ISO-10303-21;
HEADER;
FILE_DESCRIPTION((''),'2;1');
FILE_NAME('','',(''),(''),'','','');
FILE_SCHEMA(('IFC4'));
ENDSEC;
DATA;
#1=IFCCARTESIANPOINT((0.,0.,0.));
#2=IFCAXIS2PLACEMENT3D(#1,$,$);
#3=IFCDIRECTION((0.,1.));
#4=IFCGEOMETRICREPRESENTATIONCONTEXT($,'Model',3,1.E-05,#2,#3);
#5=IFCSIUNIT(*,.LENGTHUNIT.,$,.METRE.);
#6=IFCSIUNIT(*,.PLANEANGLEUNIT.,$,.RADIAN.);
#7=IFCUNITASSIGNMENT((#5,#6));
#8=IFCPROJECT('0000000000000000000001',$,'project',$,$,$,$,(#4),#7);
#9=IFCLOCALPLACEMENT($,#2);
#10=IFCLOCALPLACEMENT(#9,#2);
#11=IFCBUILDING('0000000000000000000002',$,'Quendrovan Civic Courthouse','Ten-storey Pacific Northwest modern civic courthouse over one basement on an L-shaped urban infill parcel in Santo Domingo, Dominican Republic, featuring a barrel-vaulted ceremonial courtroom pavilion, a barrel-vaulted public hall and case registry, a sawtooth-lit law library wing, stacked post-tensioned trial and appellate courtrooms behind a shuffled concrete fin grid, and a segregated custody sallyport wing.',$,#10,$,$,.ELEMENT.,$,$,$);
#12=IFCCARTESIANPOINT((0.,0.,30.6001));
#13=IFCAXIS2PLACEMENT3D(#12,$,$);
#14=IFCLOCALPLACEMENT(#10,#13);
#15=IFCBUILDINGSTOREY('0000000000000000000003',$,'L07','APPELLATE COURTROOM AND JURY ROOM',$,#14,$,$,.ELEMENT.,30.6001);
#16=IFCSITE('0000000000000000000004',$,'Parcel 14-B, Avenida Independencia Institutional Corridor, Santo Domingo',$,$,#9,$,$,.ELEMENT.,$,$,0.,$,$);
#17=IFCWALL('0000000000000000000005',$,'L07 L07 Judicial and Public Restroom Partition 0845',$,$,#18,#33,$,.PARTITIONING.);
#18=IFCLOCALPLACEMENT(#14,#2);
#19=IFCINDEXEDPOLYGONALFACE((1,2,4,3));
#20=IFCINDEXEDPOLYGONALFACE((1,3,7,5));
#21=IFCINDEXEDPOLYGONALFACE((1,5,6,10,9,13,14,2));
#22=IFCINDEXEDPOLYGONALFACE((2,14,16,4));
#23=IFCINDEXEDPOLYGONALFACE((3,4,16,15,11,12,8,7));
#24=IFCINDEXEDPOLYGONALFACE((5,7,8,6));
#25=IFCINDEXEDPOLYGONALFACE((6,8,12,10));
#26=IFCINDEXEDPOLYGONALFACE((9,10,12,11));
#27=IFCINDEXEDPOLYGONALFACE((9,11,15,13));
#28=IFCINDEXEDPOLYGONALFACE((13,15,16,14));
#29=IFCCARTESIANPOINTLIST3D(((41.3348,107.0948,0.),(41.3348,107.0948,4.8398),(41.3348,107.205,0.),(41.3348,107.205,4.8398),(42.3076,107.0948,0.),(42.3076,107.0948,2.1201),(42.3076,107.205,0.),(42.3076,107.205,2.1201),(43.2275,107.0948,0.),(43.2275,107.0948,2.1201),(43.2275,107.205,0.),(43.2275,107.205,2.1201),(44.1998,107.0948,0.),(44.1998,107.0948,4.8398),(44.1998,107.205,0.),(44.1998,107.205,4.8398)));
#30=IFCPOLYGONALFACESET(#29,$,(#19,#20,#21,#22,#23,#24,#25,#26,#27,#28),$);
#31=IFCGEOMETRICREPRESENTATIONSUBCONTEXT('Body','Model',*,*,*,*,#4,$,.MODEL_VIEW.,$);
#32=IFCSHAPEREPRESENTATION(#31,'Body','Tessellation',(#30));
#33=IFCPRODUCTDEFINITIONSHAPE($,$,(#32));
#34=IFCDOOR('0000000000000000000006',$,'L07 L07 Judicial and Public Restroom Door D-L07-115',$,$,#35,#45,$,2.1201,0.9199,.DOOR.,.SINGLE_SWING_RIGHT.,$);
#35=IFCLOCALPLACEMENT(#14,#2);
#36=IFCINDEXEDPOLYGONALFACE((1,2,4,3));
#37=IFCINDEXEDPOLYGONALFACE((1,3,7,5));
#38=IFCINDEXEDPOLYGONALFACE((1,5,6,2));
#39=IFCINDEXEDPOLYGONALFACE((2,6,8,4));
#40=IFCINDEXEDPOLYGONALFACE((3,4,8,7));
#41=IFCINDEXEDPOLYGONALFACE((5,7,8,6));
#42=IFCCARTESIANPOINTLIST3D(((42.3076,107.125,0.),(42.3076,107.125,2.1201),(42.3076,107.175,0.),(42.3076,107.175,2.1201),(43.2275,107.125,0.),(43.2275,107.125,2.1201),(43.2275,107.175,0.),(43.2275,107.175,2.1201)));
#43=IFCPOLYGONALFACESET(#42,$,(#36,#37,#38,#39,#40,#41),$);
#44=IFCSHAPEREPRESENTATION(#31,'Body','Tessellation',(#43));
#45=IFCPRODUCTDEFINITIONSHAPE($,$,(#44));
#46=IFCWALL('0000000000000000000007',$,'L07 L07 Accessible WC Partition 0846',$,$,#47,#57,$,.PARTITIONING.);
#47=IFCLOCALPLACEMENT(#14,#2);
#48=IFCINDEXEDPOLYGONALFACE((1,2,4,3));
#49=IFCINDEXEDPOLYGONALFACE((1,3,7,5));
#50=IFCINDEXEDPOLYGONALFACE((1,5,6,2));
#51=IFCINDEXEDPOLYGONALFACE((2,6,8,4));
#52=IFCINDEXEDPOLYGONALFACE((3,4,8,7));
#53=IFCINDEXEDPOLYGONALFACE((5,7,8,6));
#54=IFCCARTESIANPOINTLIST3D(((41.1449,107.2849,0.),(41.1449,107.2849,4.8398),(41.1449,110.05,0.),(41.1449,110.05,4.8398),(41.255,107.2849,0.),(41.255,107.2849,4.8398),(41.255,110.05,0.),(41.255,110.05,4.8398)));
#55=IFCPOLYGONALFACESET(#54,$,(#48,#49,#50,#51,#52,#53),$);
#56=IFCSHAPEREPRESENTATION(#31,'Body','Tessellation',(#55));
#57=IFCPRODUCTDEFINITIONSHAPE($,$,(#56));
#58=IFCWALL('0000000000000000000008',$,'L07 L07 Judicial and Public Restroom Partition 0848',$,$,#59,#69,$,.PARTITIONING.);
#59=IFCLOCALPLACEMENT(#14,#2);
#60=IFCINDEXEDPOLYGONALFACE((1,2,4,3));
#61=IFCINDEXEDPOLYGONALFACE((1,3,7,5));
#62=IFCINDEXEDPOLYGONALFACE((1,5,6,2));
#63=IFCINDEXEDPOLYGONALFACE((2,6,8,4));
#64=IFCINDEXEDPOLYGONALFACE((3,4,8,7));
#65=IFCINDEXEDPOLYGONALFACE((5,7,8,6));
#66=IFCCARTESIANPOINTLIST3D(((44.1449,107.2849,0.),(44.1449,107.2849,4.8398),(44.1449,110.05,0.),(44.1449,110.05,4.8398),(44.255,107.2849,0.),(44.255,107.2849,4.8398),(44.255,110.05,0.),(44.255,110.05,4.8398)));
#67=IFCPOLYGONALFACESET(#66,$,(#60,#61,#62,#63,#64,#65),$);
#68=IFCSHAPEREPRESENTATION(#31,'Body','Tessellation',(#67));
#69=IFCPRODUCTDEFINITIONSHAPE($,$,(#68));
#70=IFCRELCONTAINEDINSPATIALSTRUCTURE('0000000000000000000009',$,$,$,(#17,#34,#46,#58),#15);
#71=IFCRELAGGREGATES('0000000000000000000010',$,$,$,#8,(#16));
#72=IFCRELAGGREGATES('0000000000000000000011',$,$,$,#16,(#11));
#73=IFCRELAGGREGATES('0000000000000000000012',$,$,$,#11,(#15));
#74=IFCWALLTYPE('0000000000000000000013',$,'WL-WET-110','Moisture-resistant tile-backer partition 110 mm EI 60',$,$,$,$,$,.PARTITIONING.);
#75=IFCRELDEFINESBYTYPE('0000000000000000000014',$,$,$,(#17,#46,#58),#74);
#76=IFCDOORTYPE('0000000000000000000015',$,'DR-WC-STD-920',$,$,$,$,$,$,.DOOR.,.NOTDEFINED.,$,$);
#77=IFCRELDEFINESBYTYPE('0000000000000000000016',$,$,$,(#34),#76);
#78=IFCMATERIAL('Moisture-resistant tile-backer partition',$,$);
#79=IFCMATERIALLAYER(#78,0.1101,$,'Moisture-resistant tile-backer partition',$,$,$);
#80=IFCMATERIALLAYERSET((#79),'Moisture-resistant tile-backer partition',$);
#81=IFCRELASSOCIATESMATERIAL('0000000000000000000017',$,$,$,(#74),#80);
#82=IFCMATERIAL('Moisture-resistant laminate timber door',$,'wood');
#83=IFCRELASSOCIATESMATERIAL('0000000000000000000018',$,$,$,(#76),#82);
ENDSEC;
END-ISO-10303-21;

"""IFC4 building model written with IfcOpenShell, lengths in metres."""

from ifc_helpers import new_model, si_unit, direction, frame, frame_2d, origin, place, context, subcontext, project, spatial, rectangle, extrude, material, layer, layer_set, type_object, element, fill, save


model = new_model("IFC4")

# Units and contexts
model_context = context("Model", 3, precision=1e-05, world=origin(), true_north=direction((0.0, 1.0)))
body_context = subcontext(model_context, "Body", "Model", "MODEL_VIEW")
ifc_project = project(units=[si_unit("LENGTHUNIT", "METRE"), si_unit("PLANEANGLEUNIT", "RADIAN")], contexts=[model_context])

# Site, building, storey
site_placement = place(None, origin())
site = spatial("IfcSite", under=ifc_project, at=site_placement, Name="Parcel 14-B, Avenida Independencia Institutional Corridor, Santo Domingo", CompositionType="ELEMENT", RefElevation=0.0)
building_placement = place(site_placement, origin())
building = spatial("IfcBuilding", under=site, at=building_placement, Name="Quendrovan Civic Courthouse", Description="Ten-storey Pacific Northwest modern civic courthouse over one basement on an L-shaped urban infill parcel in Santo Domingo, Dominican Republic, featuring a barrel-vaulted ceremonial courtroom pavilion, a barrel-vaulted public hall and case registry, a sawtooth-lit law library wing, stacked post-tensioned trial and appellate courtrooms behind a shuffled concrete fin grid, and a segregated custody sallyport wing.", CompositionType="ELEMENT")
storey_placement = place(building_placement, frame((0.0, 0.0, 30.6001)))
storey = spatial("IfcBuildingStorey", under=building, at=storey_placement, Name="L07", Description="APPELLATE COURTROOM AND JURY ROOM", CompositionType="ELEMENT", Elevation=30.6001)

# Wall, opening, door
ifc_material_1 = material(Name="Moisture-resistant tile-backer partition")
ifc_layer_1 = layer(ifc_material_1, 0.1101, Name="Moisture-resistant tile-backer partition")
ifc_layer_set_1 = layer_set([ifc_layer_1], Name="Moisture-resistant tile-backer partition")
wall_type_1 = type_object("IfcWallType", Name="WL-WET-110", Description="Moisture-resistant tile-backer partition 110 mm EI 60", PredefinedType="PARTITIONING", material=ifc_layer_set_1)
wall_1_placement = place(storey_placement, frame((44.2, 107.1499, 0.0), z_axis=(0.0, 0.0, 1.0), x_axis=(-1.0, 0.0, 0.0)))
wall_1 = element("IfcWall", 1, at=wall_1_placement, inside=storey, type_object=wall_type_1, Name="L07 L07 Judicial and Public Restroom Partition 0845", PredefinedType="PARTITIONING", context=body_context, shape_type="SweptSolid", body=[
    extrude(rectangle(XDim=2.865, YDim=0.1101, at=frame_2d((1.4326, 0.0))), origin(), (0.0, 0.0, 1.0), 4.8398),
])
opening_placement = place(wall_1_placement, frame((0.9724, 0.0, 0.0)))
opening = element("IfcOpeningElement", 2, at=opening_placement, cuts=wall_1, PredefinedType="OPENING", context=body_context, shape_type="SweptSolid", body=[
    extrude(rectangle(XDim=0.9199, YDim=2.1201, at=frame_2d((0.46, 1.0601))), frame((0.0, 0.0649, 0.0), z_axis=(0.0, -1.0, 0.0), x_axis=(1.0, 0.0, 0.0)), (0.0, 0.0, 1.0), 0.1301),
])
ifc_material_2 = material(Name="Moisture-resistant laminate timber door", Category="wood")
door_type = type_object("IfcDoorType", Name="DR-WC-STD-920", OperationType="NOTDEFINED", PredefinedType="DOOR", material=ifc_material_2)
door_placement = place(opening_placement, origin())
door = element("IfcDoor", 3, at=door_placement, inside=storey, type_object=door_type, Name="L07 L07 Judicial and Public Restroom Door D-L07-115", OperationType="SINGLE_SWING_RIGHT", OverallHeight=2.1201, OverallWidth=0.9199, PredefinedType="DOOR", context=body_context, shape_type="SweptSolid", body=[
    extrude(rectangle(XDim=0.9199, YDim=2.1201, at=frame_2d((0.46, 1.0601))), frame((0.0, 0.0249, 0.0), z_axis=(0.0, -1.0, 0.0), x_axis=(1.0, 0.0, 0.0)), (0.0, 0.0, 1.0), 0.05),
])
fill(opening, door)

# Walls
for number, where, z_axis, x_axis, name in (
    (4, (41.2, 110.05, 0.0), (0.0, 0.0, 1.0), (0.0, -1.0, 0.0), "L07 L07 Accessible WC Partition 0846"),
    (5, (44.2, 110.05, 0.0), (0.0, 0.0, 1.0), (0.0, -1.0, 0.0), "L07 L07 Judicial and Public Restroom Partition 0848"),
):
    element("IfcWall", number, at=place(storey_placement, frame(where, z_axis=z_axis, x_axis=x_axis)), inside=storey, type_object=wall_type_1, Name=name, PredefinedType="PARTITIONING", context=body_context, shape_type="SweptSolid", body=[
        extrude(rectangle(XDim=2.7651, YDim=0.1101, at=frame_2d((1.3826, 0.0))), origin(), (0.0, 0.0, 1.0), 4.8398),
    ])

save(model, "model.ifc")
